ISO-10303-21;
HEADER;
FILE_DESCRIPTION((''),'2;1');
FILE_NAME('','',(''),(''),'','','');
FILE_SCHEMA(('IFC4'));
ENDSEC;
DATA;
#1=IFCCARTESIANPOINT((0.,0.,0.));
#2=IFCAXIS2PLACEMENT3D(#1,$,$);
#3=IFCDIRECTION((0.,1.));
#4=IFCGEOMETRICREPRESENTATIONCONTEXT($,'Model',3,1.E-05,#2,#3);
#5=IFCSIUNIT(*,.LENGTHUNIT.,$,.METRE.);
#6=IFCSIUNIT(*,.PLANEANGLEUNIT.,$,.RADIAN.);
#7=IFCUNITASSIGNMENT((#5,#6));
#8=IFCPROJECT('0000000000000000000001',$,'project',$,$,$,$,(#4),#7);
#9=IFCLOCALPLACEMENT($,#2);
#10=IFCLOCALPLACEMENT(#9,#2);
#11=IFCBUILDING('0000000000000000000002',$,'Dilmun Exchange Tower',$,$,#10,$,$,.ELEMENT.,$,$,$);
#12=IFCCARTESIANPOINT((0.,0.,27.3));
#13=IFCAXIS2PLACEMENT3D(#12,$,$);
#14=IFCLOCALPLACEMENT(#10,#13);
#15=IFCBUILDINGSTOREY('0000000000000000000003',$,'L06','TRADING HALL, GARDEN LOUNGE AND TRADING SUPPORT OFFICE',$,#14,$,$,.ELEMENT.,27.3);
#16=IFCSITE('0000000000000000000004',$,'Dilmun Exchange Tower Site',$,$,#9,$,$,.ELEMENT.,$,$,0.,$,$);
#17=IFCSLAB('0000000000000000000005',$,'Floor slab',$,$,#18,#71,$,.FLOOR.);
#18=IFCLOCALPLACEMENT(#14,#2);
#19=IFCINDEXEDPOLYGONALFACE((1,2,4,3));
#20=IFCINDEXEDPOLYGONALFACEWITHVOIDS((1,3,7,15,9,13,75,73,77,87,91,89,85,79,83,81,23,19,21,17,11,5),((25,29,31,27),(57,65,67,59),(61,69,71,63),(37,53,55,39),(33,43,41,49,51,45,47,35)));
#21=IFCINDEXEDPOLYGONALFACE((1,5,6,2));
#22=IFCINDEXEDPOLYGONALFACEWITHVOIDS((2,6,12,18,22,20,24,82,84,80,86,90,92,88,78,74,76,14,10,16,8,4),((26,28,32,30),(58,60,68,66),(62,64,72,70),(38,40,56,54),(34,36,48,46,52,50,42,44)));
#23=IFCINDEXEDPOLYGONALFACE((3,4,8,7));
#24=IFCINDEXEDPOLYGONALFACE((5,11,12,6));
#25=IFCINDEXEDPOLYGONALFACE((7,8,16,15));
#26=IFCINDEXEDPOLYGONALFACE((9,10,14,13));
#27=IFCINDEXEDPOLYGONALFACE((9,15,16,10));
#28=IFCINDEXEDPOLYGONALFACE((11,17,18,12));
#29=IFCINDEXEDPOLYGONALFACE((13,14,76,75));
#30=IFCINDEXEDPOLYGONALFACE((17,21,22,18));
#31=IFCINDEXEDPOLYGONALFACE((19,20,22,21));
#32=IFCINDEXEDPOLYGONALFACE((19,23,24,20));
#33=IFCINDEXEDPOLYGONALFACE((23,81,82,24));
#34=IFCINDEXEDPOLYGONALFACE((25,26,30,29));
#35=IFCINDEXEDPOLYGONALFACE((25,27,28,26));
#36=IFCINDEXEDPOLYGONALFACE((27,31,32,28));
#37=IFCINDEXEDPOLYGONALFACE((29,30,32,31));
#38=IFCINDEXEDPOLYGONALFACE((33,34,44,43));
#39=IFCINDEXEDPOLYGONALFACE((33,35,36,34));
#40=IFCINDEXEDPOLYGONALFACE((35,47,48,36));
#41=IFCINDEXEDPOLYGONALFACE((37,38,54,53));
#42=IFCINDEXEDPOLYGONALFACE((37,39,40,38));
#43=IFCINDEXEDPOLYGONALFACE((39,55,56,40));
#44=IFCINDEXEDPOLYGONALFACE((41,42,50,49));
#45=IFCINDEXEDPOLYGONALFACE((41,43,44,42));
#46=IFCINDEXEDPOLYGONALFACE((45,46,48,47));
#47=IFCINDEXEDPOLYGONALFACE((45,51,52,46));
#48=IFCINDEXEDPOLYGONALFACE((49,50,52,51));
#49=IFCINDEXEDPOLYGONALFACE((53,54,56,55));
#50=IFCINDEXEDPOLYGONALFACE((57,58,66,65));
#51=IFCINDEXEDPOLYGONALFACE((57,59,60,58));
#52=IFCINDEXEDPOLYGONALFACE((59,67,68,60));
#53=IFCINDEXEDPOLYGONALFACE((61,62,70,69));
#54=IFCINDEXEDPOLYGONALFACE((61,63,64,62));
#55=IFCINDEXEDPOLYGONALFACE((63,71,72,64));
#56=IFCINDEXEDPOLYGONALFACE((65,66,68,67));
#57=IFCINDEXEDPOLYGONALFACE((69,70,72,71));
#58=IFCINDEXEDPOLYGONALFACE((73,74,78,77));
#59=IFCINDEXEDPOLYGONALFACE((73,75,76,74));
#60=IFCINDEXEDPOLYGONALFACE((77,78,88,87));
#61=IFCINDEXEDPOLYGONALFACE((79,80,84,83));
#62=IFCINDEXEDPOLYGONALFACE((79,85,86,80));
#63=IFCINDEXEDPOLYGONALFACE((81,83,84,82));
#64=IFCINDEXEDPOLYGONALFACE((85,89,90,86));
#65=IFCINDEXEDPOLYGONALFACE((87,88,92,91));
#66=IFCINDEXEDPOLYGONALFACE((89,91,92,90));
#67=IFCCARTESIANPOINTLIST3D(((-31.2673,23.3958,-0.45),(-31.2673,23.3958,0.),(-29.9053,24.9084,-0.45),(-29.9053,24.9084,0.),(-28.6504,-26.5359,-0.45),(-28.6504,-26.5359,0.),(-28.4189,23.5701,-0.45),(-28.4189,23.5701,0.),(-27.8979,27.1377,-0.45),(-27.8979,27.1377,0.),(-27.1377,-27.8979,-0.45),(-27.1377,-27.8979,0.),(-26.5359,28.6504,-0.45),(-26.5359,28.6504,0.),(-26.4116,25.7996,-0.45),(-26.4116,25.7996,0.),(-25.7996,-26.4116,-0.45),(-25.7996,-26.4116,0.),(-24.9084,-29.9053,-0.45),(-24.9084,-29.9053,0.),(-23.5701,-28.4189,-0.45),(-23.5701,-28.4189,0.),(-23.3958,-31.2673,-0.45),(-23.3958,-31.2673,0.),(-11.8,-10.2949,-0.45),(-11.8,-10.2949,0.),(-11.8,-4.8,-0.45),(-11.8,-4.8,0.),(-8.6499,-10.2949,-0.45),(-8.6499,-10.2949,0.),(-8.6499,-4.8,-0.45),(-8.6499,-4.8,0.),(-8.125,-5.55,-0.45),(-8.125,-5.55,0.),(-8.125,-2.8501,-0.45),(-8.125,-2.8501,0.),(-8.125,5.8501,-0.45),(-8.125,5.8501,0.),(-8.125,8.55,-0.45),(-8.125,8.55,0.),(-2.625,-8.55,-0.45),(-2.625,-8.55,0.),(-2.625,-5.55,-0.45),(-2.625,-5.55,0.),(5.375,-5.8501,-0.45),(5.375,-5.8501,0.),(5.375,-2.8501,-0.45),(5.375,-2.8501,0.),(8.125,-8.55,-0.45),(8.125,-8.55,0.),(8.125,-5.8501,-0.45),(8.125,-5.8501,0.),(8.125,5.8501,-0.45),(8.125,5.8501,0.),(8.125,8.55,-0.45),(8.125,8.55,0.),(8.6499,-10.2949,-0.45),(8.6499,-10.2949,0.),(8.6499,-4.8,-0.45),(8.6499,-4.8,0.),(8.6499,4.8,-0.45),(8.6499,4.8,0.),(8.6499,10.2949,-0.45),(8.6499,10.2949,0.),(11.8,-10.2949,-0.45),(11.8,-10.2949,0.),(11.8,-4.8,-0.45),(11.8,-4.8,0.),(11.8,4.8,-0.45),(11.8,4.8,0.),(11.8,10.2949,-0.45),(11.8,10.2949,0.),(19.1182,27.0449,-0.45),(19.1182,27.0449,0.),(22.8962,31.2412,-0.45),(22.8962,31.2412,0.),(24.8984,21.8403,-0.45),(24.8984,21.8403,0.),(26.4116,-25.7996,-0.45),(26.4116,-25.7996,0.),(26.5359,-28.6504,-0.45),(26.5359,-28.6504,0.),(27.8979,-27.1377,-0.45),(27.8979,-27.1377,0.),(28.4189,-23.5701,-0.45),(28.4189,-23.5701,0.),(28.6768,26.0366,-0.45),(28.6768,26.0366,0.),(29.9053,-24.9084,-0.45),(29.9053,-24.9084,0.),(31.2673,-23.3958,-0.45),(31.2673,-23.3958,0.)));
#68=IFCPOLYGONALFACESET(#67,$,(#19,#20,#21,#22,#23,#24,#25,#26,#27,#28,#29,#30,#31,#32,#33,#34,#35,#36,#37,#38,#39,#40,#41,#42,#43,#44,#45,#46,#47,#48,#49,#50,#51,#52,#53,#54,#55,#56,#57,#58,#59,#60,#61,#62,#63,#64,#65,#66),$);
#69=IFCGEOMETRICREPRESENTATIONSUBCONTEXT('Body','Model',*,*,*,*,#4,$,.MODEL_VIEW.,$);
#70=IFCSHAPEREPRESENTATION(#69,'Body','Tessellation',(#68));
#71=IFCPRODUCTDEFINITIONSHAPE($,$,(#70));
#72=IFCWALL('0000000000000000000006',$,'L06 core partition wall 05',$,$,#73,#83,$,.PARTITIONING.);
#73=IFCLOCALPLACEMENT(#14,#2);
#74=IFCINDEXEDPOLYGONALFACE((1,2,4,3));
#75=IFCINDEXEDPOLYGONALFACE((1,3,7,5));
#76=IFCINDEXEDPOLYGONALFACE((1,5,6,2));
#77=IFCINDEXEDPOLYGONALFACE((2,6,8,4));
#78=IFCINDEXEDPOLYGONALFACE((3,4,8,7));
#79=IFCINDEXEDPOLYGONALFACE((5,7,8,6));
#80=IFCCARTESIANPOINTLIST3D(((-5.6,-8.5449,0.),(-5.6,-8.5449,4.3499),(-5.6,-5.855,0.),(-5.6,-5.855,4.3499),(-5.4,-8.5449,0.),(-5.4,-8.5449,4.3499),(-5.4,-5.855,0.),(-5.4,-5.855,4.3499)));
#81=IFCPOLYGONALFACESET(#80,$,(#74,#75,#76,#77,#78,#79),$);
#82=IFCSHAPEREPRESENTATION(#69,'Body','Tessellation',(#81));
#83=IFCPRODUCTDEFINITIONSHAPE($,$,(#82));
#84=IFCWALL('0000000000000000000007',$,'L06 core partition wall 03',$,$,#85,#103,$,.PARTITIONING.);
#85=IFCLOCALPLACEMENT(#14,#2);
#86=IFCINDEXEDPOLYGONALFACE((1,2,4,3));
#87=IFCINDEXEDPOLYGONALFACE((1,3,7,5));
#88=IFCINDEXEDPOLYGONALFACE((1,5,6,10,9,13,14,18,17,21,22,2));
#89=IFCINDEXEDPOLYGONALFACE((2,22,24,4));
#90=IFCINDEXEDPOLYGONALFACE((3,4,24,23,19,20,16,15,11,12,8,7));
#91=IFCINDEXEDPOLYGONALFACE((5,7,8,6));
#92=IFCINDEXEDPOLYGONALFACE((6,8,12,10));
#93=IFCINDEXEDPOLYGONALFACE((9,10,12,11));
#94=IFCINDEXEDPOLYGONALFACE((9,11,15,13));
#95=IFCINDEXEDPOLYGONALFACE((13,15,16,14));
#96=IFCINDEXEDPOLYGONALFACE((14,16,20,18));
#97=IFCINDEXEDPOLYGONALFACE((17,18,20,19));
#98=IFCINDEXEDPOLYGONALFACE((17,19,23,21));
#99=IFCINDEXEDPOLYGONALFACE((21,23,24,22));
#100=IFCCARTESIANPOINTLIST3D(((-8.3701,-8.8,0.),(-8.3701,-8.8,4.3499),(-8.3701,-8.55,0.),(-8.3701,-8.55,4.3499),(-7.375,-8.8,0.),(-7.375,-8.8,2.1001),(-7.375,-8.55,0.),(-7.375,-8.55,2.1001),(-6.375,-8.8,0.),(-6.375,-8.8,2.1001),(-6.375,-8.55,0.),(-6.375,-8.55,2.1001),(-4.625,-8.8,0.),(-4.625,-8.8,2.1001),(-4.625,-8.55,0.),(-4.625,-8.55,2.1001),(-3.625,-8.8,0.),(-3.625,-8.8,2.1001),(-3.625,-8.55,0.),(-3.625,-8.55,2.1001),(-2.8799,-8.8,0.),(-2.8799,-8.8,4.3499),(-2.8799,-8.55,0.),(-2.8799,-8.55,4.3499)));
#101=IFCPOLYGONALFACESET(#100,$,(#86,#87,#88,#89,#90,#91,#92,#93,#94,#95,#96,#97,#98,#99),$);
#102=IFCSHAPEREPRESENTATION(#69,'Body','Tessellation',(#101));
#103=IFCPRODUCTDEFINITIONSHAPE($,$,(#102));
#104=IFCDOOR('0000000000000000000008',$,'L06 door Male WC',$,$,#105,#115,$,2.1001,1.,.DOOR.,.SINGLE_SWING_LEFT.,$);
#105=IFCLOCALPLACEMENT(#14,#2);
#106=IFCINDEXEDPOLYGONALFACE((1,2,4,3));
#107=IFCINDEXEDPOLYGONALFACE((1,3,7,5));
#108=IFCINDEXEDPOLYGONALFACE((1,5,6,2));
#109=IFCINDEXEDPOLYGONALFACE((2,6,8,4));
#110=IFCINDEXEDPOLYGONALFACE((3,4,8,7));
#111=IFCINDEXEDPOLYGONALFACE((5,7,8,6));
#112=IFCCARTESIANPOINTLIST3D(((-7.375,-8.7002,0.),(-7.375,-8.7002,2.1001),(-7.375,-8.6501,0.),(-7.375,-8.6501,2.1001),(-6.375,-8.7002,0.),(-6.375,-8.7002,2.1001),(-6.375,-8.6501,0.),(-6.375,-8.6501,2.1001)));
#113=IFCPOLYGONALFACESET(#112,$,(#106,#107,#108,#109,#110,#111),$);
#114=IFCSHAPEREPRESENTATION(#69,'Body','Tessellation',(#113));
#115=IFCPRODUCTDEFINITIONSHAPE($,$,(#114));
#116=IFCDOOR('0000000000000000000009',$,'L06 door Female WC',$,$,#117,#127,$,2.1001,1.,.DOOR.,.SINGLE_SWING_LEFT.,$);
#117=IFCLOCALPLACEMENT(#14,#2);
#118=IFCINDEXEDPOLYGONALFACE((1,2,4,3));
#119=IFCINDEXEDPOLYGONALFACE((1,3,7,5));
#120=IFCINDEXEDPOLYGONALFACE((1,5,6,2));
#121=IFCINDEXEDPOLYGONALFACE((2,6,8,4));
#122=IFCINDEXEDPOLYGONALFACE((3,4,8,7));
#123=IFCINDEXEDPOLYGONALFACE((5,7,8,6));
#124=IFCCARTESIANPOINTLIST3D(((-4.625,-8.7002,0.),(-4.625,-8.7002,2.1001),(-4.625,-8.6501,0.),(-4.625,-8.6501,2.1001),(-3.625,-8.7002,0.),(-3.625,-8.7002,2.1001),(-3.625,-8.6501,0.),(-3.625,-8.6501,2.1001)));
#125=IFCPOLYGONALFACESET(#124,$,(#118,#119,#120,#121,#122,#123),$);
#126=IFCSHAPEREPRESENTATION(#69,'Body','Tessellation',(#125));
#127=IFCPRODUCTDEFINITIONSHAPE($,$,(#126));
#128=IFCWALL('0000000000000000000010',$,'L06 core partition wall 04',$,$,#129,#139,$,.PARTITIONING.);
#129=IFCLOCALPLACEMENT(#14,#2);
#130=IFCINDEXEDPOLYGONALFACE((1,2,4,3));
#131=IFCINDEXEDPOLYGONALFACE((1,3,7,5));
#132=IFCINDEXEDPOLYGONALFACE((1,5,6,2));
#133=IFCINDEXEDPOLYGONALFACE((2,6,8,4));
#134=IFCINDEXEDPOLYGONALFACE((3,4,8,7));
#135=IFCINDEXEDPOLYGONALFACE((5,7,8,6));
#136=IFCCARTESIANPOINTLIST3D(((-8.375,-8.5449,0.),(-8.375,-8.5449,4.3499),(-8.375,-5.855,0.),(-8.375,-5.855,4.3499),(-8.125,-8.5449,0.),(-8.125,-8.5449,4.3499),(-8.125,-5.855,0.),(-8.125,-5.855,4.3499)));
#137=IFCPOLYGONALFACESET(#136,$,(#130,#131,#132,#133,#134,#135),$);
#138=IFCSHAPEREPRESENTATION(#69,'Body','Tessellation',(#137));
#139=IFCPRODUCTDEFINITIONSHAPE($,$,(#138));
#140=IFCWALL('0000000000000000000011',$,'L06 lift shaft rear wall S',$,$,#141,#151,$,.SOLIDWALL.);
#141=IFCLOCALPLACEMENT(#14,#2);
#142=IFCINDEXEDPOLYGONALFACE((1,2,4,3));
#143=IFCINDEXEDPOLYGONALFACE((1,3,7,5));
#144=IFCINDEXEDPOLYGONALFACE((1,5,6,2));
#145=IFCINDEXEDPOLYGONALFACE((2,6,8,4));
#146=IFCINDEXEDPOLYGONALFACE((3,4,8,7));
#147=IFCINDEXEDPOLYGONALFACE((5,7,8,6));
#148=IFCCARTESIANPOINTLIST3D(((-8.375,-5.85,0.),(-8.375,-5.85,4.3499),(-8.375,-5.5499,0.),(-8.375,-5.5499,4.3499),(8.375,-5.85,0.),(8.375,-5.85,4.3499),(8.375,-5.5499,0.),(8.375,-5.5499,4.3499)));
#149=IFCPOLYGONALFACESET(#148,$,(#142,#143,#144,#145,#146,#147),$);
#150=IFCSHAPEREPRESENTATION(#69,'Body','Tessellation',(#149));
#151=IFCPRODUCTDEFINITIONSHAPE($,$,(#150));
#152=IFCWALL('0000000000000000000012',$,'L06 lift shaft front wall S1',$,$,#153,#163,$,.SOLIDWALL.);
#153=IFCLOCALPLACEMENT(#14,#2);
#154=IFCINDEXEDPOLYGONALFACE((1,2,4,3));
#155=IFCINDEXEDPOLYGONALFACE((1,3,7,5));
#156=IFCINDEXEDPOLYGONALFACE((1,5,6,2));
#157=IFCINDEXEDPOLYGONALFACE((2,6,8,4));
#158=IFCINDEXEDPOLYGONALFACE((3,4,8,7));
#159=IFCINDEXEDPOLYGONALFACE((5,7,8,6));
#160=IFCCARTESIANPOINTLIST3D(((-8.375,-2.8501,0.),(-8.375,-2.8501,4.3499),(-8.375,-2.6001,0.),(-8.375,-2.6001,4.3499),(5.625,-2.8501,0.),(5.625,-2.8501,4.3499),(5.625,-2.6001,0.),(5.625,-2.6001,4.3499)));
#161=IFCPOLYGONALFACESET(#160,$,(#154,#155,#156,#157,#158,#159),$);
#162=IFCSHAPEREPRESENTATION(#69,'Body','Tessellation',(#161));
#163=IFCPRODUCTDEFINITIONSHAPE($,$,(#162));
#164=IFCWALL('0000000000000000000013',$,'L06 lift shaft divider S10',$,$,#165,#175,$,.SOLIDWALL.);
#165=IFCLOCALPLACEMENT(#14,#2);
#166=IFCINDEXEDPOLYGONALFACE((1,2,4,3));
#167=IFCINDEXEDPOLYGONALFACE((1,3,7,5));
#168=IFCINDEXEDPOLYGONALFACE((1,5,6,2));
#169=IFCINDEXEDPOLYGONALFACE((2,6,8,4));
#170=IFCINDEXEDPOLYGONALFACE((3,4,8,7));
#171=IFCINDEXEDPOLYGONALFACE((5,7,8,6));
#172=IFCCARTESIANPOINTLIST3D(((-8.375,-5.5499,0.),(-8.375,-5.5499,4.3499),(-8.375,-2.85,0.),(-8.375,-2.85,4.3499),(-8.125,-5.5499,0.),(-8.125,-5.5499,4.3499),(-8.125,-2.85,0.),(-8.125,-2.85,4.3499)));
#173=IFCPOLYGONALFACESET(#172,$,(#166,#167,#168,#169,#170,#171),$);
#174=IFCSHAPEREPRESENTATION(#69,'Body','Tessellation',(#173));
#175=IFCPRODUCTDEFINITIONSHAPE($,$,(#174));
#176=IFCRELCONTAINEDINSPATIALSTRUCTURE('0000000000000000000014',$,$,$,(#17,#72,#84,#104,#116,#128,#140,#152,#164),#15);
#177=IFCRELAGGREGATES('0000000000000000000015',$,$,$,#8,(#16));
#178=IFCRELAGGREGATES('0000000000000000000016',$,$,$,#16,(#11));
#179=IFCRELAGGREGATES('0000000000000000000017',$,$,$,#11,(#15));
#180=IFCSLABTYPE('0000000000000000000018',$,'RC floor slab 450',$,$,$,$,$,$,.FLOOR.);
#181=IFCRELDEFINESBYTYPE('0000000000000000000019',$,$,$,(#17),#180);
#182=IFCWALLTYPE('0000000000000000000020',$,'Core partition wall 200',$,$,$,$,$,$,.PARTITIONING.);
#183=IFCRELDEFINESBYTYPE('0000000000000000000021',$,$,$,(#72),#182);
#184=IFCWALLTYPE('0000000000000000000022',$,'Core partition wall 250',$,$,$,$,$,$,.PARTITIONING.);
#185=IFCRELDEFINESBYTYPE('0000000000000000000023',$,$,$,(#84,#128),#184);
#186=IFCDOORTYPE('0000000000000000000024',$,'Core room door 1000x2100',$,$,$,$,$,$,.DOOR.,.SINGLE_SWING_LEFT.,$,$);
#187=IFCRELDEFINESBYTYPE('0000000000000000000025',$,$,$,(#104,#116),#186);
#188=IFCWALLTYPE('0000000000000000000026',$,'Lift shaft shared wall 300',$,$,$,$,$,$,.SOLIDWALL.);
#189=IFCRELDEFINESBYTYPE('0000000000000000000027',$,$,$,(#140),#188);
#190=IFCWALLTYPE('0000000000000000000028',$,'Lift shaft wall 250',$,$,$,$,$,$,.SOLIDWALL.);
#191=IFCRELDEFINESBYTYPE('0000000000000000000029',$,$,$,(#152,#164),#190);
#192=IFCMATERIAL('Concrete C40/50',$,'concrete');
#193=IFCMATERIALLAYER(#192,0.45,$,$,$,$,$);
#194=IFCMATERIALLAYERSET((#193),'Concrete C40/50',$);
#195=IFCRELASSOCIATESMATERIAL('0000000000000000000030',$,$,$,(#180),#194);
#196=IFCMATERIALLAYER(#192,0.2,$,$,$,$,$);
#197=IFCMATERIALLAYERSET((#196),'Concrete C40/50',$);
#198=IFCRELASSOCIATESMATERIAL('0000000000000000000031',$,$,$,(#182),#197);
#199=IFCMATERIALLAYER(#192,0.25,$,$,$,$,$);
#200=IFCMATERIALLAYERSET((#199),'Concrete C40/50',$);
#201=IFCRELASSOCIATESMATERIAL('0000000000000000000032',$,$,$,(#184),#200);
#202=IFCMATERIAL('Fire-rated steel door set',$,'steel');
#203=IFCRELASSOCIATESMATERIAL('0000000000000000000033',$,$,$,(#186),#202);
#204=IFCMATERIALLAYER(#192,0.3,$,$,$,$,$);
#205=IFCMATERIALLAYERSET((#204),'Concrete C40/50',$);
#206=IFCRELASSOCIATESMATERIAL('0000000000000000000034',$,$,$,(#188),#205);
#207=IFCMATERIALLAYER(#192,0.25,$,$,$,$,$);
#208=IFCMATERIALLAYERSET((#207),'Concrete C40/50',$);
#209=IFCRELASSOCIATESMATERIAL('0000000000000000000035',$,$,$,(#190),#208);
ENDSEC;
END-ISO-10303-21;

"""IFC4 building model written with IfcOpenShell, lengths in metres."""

from ifc_helpers import new_model, si_unit, direction, frame, frame_2d, origin, place, context, subcontext, project, spatial, polyline, rectangle, outline, extrude, material, layer, layer_set, type_object, element, fill, save


model = new_model("IFC4")

# Units and contexts
model_context = context("Model", 3, precision=1e-05, world=origin(), true_north=direction((0.0, 1.0)))
body_context = subcontext(model_context, "Body", "Model", "MODEL_VIEW")
ifc_project = project(units=[si_unit("LENGTHUNIT", "METRE"), si_unit("PLANEANGLEUNIT", "RADIAN")], contexts=[model_context])

# Site, building, storey
site_placement = place(None, origin())
site = spatial("IfcSite", under=ifc_project, at=site_placement, Name="Dilmun Exchange Tower Site", CompositionType="ELEMENT", RefElevation=0.0)
building_placement = place(site_placement, origin())
building = spatial("IfcBuilding", under=site, at=building_placement, Name="Dilmun Exchange Tower", CompositionType="ELEMENT")
storey_placement = place(building_placement, frame((0.0, 0.0, 27.3)))
storey = spatial("IfcBuildingStorey", under=building, at=storey_placement, Name="L06", Description="TRADING HALL, GARDEN LOUNGE AND TRADING SUPPORT OFFICE", CompositionType="ELEMENT", Elevation=27.3)

# Slab
ifc_material_1 = material(Name="Concrete C40/50", Category="concrete")
ifc_layer_1 = layer(ifc_material_1, 0.45)
ifc_layer_set_1 = layer_set([ifc_layer_1], Name="Concrete C40/50")
slab_type = type_object("IfcSlabType", Name="RC floor slab 450", PredefinedType="FLOOR", material=ifc_layer_set_1)
slab_placement = place(storey_placement, frame((0.0, 0.0, -0.45)))
element("IfcSlab", 1, at=slab_placement, inside=storey, type_object=slab_type, Name="Floor slab", PredefinedType="FLOOR", context=body_context, shape_type="SweptSolid", body=[
    extrude(outline(polyline([(29.9053, -24.9084), (28.4189, -23.5701), (26.4116, -25.7996), (27.8979, -27.1377), (26.5359, -28.6504), (-23.3958, -31.2673), (-24.9084, -29.9053), (-23.5701, -28.4189), (-25.7996, -26.4116), (-27.1377, -27.8979), (-28.6504, -26.5359), (-31.2673, 23.3958), (-29.9053, 24.9084), (-28.4189, 23.5701), (-26.4116, 25.7996), (-27.8979, 27.1377), (-26.5359, 28.6504), (22.8962, 31.2412), (19.1182, 27.0449), (24.8984, 21.8403), (28.6768, 26.0366), (31.2673, -23.3958), (29.9053, -24.9084)]), holes=[polyline([(-8.6499, -4.8), (-11.8, -4.8), (-11.8, -10.2949), (-8.6499, -10.2949), (-8.6499, -4.8)]), polyline([(11.8, -4.8), (8.6499, -4.8), (8.6499, -10.2949), (11.8, -10.2949), (11.8, -4.8)]), polyline([(-8.125, -2.8501), (-8.125, -5.55), (-2.625, -5.55), (-2.625, -8.55), (8.125, -8.55), (8.125, -5.8501), (5.375, -5.8501), (5.375, -2.8501), (-8.125, -2.8501)]), polyline([(-8.125, 5.8501), (8.125, 5.8501), (8.125, 8.55), (-8.125, 8.55), (-8.125, 5.8501)]), polyline([(8.6499, 10.2949), (8.6499, 4.8), (11.8, 4.8), (11.8, 10.2949), (8.6499, 10.2949)])]), origin(), (0.0, 0.0, 1.0), 0.45),
])

# Wall
ifc_layer_2 = layer(ifc_material_1, 0.2)
ifc_layer_set_2 = layer_set([ifc_layer_2], Name="Concrete C40/50")
wall_type_1 = type_object("IfcWallType", Name="Core partition wall 200", PredefinedType="PARTITIONING", material=ifc_layer_set_2)
wall_1_placement = place(storey_placement, frame((-5.5, -8.5449, 0.0), z_axis=(0.0, 0.0, 1.0), x_axis=(0.0, 1.0, 0.0)))
element("IfcWall", 2, at=wall_1_placement, inside=storey, type_object=wall_type_1, Name="L06 core partition wall 05", PredefinedType="PARTITIONING", context=body_context, shape_type="SweptSolid", body=[
    extrude(rectangle(XDim=2.6899, YDim=0.2, at=frame_2d((1.345, 0.0))), origin(), (0.0, 0.0, 1.0), 4.3499),
])

# Wall, openings, doors
ifc_layer_3 = layer(ifc_material_1, 0.25)
ifc_layer_set_3 = layer_set([ifc_layer_3], Name="Concrete C40/50")
wall_type_2 = type_object("IfcWallType", Name="Core partition wall 250", PredefinedType="PARTITIONING", material=ifc_layer_set_3)
wall_2_placement = place(storey_placement, frame((-8.3701, -8.675, 0.0), z_axis=(0.0, 0.0, 1.0), x_axis=(1.0, 0.0, 0.0)))
wall_2 = element("IfcWall", 3, at=wall_2_placement, inside=storey, type_object=wall_type_2, Name="L06 core partition wall 03", PredefinedType="PARTITIONING", context=body_context, shape_type="SweptSolid", body=[
    extrude(rectangle(XDim=5.4902, YDim=0.25, at=frame_2d((2.7451, 0.0))), origin(), (0.0, 0.0, 1.0), 4.3499),
])
opening_1_placement = place(wall_2_placement, frame((0.9951, 0.0, 0.0)))
opening_1 = element("IfcOpeningElement", 4, at=opening_1_placement, cuts=wall_2, PredefinedType="OPENING", context=body_context, shape_type="SweptSolid", body=[
    extrude(rectangle(XDim=1.0, YDim=2.1001, at=frame_2d((0.5, 1.05))), frame((0.0, 0.135, 0.0), z_axis=(0.0, -1.0, 0.0), x_axis=(1.0, 0.0, 0.0)), (0.0, 0.0, 1.0), 0.27),
])
opening_2_placement = place(wall_2_placement, frame((3.7451, 0.0, 0.0)))
opening_2 = element("IfcOpeningElement", 5, at=opening_2_placement, cuts=wall_2, PredefinedType="OPENING", context=body_context, shape_type="SweptSolid", body=[
    extrude(rectangle(XDim=1.0, YDim=2.1001, at=frame_2d((0.5, 1.05))), frame((0.0, 0.135, 0.0), z_axis=(0.0, -1.0, 0.0), x_axis=(1.0, 0.0, 0.0)), (0.0, 0.0, 1.0), 0.27),
])
ifc_material_2 = material(Name="Fire-rated steel door set", Category="steel")
door_type_1 = type_object("IfcDoorType", Name="Core room door 1000x2100", OperationType="SINGLE_SWING_LEFT", PredefinedType="DOOR", material=ifc_material_2)
door_1_placement = place(opening_1_placement, origin())
door_1 = element("IfcDoor", 6, at=door_1_placement, inside=storey, type_object=door_type_1, Name="L06 door Male WC", OperationType="SINGLE_SWING_LEFT", OverallHeight=2.1001, OverallWidth=1.0, PredefinedType="DOOR", context=body_context, shape_type="SweptSolid", body=[
    extrude(rectangle(XDim=1.0, YDim=2.1001, at=frame_2d((0.5, 1.05))), frame((0.0, 0.0249, 0.0), z_axis=(0.0, -1.0, 0.0), x_axis=(1.0, 0.0, 0.0)), (0.0, 0.0, 1.0), 0.05),
])
fill(opening_1, door_1)
door_2_placement = place(opening_2_placement, origin())
door_2 = element("IfcDoor", 7, at=door_2_placement, inside=storey, type_object=door_type_1, Name="L06 door Female WC", OperationType="SINGLE_SWING_LEFT", OverallHeight=2.1001, OverallWidth=1.0, PredefinedType="DOOR", context=body_context, shape_type="SweptSolid", body=[
    extrude(rectangle(XDim=1.0, YDim=2.1001, at=frame_2d((0.5, 1.05))), frame((0.0, 0.0249, 0.0), z_axis=(0.0, -1.0, 0.0), x_axis=(1.0, 0.0, 0.0)), (0.0, 0.0, 1.0), 0.05),
])
fill(opening_2, door_2)

# Walls
wall_3_placement = place(storey_placement, frame((-8.25, -8.5449, 0.0), z_axis=(0.0, 0.0, 1.0), x_axis=(0.0, 1.0, 0.0)))
element("IfcWall", 8, at=wall_3_placement, inside=storey, type_object=wall_type_2, Name="L06 core partition wall 04", PredefinedType="PARTITIONING", context=body_context, shape_type="SweptSolid", body=[
    extrude(rectangle(XDim=2.6899, YDim=0.25, at=frame_2d((1.345, 0.0))), origin(), (0.0, 0.0, 1.0), 4.3499),
])
ifc_layer_4 = layer(ifc_material_1, 0.3)
ifc_layer_set_4 = layer_set([ifc_layer_4], Name="Concrete C40/50")
wall_type_3 = type_object("IfcWallType", Name="Lift shaft shared wall 300", PredefinedType="SOLIDWALL", material=ifc_layer_set_4)
wall_4_placement = place(storey_placement, frame((-8.375, -5.7, 0.0), z_axis=(0.0, 0.0, 1.0), x_axis=(1.0, 0.0, 0.0)))
element("IfcWall", 9, at=wall_4_placement, inside=storey, type_object=wall_type_3, Name="L06 lift shaft rear wall S", PredefinedType="SOLIDWALL", context=body_context, shape_type="SweptSolid", body=[
    extrude(rectangle(XDim=16.75, YDim=0.3, at=frame_2d((8.375, 0.0))), origin(), (0.0, 0.0, 1.0), 4.3499),
])
ifc_layer_5 = layer(ifc_material_1, 0.25)
ifc_layer_set_5 = layer_set([ifc_layer_5], Name="Concrete C40/50")
wall_type_4 = type_object("IfcWallType", Name="Lift shaft wall 250", PredefinedType="SOLIDWALL", material=ifc_layer_set_5)
wall_5_placement = place(storey_placement, frame((-8.375, -2.7251, 0.0), z_axis=(0.0, 0.0, 1.0), x_axis=(1.0, 0.0, 0.0)))
element("IfcWall", 10, at=wall_5_placement, inside=storey, type_object=wall_type_4, Name="L06 lift shaft front wall S1", PredefinedType="SOLIDWALL", context=body_context, shape_type="SweptSolid", body=[
    extrude(rectangle(XDim=14.0, YDim=0.25, at=frame_2d((7.0, 0.0))), origin(), (0.0, 0.0, 1.0), 4.3499),
])
for number, where, z_axis, x_axis, name in (
    (11, (-8.25, -5.55, 0.0), (0.0, 0.0, 1.0), (0.0, 1.0, 0.0), "L06 lift shaft divider S10"),
):
    element("IfcWall", number, at=place(storey_placement, frame(where, z_axis=z_axis, x_axis=x_axis)), inside=storey, type_object=wall_type_4, Name=name, PredefinedType="SOLIDWALL", context=body_context, shape_type="SweptSolid", body=[
        extrude(rectangle(XDim=2.7, YDim=0.25, at=frame_2d((1.3501, 0.0))), origin(), (0.0, 0.0, 1.0), 4.3499),
    ])

save(model, "model.ifc")
